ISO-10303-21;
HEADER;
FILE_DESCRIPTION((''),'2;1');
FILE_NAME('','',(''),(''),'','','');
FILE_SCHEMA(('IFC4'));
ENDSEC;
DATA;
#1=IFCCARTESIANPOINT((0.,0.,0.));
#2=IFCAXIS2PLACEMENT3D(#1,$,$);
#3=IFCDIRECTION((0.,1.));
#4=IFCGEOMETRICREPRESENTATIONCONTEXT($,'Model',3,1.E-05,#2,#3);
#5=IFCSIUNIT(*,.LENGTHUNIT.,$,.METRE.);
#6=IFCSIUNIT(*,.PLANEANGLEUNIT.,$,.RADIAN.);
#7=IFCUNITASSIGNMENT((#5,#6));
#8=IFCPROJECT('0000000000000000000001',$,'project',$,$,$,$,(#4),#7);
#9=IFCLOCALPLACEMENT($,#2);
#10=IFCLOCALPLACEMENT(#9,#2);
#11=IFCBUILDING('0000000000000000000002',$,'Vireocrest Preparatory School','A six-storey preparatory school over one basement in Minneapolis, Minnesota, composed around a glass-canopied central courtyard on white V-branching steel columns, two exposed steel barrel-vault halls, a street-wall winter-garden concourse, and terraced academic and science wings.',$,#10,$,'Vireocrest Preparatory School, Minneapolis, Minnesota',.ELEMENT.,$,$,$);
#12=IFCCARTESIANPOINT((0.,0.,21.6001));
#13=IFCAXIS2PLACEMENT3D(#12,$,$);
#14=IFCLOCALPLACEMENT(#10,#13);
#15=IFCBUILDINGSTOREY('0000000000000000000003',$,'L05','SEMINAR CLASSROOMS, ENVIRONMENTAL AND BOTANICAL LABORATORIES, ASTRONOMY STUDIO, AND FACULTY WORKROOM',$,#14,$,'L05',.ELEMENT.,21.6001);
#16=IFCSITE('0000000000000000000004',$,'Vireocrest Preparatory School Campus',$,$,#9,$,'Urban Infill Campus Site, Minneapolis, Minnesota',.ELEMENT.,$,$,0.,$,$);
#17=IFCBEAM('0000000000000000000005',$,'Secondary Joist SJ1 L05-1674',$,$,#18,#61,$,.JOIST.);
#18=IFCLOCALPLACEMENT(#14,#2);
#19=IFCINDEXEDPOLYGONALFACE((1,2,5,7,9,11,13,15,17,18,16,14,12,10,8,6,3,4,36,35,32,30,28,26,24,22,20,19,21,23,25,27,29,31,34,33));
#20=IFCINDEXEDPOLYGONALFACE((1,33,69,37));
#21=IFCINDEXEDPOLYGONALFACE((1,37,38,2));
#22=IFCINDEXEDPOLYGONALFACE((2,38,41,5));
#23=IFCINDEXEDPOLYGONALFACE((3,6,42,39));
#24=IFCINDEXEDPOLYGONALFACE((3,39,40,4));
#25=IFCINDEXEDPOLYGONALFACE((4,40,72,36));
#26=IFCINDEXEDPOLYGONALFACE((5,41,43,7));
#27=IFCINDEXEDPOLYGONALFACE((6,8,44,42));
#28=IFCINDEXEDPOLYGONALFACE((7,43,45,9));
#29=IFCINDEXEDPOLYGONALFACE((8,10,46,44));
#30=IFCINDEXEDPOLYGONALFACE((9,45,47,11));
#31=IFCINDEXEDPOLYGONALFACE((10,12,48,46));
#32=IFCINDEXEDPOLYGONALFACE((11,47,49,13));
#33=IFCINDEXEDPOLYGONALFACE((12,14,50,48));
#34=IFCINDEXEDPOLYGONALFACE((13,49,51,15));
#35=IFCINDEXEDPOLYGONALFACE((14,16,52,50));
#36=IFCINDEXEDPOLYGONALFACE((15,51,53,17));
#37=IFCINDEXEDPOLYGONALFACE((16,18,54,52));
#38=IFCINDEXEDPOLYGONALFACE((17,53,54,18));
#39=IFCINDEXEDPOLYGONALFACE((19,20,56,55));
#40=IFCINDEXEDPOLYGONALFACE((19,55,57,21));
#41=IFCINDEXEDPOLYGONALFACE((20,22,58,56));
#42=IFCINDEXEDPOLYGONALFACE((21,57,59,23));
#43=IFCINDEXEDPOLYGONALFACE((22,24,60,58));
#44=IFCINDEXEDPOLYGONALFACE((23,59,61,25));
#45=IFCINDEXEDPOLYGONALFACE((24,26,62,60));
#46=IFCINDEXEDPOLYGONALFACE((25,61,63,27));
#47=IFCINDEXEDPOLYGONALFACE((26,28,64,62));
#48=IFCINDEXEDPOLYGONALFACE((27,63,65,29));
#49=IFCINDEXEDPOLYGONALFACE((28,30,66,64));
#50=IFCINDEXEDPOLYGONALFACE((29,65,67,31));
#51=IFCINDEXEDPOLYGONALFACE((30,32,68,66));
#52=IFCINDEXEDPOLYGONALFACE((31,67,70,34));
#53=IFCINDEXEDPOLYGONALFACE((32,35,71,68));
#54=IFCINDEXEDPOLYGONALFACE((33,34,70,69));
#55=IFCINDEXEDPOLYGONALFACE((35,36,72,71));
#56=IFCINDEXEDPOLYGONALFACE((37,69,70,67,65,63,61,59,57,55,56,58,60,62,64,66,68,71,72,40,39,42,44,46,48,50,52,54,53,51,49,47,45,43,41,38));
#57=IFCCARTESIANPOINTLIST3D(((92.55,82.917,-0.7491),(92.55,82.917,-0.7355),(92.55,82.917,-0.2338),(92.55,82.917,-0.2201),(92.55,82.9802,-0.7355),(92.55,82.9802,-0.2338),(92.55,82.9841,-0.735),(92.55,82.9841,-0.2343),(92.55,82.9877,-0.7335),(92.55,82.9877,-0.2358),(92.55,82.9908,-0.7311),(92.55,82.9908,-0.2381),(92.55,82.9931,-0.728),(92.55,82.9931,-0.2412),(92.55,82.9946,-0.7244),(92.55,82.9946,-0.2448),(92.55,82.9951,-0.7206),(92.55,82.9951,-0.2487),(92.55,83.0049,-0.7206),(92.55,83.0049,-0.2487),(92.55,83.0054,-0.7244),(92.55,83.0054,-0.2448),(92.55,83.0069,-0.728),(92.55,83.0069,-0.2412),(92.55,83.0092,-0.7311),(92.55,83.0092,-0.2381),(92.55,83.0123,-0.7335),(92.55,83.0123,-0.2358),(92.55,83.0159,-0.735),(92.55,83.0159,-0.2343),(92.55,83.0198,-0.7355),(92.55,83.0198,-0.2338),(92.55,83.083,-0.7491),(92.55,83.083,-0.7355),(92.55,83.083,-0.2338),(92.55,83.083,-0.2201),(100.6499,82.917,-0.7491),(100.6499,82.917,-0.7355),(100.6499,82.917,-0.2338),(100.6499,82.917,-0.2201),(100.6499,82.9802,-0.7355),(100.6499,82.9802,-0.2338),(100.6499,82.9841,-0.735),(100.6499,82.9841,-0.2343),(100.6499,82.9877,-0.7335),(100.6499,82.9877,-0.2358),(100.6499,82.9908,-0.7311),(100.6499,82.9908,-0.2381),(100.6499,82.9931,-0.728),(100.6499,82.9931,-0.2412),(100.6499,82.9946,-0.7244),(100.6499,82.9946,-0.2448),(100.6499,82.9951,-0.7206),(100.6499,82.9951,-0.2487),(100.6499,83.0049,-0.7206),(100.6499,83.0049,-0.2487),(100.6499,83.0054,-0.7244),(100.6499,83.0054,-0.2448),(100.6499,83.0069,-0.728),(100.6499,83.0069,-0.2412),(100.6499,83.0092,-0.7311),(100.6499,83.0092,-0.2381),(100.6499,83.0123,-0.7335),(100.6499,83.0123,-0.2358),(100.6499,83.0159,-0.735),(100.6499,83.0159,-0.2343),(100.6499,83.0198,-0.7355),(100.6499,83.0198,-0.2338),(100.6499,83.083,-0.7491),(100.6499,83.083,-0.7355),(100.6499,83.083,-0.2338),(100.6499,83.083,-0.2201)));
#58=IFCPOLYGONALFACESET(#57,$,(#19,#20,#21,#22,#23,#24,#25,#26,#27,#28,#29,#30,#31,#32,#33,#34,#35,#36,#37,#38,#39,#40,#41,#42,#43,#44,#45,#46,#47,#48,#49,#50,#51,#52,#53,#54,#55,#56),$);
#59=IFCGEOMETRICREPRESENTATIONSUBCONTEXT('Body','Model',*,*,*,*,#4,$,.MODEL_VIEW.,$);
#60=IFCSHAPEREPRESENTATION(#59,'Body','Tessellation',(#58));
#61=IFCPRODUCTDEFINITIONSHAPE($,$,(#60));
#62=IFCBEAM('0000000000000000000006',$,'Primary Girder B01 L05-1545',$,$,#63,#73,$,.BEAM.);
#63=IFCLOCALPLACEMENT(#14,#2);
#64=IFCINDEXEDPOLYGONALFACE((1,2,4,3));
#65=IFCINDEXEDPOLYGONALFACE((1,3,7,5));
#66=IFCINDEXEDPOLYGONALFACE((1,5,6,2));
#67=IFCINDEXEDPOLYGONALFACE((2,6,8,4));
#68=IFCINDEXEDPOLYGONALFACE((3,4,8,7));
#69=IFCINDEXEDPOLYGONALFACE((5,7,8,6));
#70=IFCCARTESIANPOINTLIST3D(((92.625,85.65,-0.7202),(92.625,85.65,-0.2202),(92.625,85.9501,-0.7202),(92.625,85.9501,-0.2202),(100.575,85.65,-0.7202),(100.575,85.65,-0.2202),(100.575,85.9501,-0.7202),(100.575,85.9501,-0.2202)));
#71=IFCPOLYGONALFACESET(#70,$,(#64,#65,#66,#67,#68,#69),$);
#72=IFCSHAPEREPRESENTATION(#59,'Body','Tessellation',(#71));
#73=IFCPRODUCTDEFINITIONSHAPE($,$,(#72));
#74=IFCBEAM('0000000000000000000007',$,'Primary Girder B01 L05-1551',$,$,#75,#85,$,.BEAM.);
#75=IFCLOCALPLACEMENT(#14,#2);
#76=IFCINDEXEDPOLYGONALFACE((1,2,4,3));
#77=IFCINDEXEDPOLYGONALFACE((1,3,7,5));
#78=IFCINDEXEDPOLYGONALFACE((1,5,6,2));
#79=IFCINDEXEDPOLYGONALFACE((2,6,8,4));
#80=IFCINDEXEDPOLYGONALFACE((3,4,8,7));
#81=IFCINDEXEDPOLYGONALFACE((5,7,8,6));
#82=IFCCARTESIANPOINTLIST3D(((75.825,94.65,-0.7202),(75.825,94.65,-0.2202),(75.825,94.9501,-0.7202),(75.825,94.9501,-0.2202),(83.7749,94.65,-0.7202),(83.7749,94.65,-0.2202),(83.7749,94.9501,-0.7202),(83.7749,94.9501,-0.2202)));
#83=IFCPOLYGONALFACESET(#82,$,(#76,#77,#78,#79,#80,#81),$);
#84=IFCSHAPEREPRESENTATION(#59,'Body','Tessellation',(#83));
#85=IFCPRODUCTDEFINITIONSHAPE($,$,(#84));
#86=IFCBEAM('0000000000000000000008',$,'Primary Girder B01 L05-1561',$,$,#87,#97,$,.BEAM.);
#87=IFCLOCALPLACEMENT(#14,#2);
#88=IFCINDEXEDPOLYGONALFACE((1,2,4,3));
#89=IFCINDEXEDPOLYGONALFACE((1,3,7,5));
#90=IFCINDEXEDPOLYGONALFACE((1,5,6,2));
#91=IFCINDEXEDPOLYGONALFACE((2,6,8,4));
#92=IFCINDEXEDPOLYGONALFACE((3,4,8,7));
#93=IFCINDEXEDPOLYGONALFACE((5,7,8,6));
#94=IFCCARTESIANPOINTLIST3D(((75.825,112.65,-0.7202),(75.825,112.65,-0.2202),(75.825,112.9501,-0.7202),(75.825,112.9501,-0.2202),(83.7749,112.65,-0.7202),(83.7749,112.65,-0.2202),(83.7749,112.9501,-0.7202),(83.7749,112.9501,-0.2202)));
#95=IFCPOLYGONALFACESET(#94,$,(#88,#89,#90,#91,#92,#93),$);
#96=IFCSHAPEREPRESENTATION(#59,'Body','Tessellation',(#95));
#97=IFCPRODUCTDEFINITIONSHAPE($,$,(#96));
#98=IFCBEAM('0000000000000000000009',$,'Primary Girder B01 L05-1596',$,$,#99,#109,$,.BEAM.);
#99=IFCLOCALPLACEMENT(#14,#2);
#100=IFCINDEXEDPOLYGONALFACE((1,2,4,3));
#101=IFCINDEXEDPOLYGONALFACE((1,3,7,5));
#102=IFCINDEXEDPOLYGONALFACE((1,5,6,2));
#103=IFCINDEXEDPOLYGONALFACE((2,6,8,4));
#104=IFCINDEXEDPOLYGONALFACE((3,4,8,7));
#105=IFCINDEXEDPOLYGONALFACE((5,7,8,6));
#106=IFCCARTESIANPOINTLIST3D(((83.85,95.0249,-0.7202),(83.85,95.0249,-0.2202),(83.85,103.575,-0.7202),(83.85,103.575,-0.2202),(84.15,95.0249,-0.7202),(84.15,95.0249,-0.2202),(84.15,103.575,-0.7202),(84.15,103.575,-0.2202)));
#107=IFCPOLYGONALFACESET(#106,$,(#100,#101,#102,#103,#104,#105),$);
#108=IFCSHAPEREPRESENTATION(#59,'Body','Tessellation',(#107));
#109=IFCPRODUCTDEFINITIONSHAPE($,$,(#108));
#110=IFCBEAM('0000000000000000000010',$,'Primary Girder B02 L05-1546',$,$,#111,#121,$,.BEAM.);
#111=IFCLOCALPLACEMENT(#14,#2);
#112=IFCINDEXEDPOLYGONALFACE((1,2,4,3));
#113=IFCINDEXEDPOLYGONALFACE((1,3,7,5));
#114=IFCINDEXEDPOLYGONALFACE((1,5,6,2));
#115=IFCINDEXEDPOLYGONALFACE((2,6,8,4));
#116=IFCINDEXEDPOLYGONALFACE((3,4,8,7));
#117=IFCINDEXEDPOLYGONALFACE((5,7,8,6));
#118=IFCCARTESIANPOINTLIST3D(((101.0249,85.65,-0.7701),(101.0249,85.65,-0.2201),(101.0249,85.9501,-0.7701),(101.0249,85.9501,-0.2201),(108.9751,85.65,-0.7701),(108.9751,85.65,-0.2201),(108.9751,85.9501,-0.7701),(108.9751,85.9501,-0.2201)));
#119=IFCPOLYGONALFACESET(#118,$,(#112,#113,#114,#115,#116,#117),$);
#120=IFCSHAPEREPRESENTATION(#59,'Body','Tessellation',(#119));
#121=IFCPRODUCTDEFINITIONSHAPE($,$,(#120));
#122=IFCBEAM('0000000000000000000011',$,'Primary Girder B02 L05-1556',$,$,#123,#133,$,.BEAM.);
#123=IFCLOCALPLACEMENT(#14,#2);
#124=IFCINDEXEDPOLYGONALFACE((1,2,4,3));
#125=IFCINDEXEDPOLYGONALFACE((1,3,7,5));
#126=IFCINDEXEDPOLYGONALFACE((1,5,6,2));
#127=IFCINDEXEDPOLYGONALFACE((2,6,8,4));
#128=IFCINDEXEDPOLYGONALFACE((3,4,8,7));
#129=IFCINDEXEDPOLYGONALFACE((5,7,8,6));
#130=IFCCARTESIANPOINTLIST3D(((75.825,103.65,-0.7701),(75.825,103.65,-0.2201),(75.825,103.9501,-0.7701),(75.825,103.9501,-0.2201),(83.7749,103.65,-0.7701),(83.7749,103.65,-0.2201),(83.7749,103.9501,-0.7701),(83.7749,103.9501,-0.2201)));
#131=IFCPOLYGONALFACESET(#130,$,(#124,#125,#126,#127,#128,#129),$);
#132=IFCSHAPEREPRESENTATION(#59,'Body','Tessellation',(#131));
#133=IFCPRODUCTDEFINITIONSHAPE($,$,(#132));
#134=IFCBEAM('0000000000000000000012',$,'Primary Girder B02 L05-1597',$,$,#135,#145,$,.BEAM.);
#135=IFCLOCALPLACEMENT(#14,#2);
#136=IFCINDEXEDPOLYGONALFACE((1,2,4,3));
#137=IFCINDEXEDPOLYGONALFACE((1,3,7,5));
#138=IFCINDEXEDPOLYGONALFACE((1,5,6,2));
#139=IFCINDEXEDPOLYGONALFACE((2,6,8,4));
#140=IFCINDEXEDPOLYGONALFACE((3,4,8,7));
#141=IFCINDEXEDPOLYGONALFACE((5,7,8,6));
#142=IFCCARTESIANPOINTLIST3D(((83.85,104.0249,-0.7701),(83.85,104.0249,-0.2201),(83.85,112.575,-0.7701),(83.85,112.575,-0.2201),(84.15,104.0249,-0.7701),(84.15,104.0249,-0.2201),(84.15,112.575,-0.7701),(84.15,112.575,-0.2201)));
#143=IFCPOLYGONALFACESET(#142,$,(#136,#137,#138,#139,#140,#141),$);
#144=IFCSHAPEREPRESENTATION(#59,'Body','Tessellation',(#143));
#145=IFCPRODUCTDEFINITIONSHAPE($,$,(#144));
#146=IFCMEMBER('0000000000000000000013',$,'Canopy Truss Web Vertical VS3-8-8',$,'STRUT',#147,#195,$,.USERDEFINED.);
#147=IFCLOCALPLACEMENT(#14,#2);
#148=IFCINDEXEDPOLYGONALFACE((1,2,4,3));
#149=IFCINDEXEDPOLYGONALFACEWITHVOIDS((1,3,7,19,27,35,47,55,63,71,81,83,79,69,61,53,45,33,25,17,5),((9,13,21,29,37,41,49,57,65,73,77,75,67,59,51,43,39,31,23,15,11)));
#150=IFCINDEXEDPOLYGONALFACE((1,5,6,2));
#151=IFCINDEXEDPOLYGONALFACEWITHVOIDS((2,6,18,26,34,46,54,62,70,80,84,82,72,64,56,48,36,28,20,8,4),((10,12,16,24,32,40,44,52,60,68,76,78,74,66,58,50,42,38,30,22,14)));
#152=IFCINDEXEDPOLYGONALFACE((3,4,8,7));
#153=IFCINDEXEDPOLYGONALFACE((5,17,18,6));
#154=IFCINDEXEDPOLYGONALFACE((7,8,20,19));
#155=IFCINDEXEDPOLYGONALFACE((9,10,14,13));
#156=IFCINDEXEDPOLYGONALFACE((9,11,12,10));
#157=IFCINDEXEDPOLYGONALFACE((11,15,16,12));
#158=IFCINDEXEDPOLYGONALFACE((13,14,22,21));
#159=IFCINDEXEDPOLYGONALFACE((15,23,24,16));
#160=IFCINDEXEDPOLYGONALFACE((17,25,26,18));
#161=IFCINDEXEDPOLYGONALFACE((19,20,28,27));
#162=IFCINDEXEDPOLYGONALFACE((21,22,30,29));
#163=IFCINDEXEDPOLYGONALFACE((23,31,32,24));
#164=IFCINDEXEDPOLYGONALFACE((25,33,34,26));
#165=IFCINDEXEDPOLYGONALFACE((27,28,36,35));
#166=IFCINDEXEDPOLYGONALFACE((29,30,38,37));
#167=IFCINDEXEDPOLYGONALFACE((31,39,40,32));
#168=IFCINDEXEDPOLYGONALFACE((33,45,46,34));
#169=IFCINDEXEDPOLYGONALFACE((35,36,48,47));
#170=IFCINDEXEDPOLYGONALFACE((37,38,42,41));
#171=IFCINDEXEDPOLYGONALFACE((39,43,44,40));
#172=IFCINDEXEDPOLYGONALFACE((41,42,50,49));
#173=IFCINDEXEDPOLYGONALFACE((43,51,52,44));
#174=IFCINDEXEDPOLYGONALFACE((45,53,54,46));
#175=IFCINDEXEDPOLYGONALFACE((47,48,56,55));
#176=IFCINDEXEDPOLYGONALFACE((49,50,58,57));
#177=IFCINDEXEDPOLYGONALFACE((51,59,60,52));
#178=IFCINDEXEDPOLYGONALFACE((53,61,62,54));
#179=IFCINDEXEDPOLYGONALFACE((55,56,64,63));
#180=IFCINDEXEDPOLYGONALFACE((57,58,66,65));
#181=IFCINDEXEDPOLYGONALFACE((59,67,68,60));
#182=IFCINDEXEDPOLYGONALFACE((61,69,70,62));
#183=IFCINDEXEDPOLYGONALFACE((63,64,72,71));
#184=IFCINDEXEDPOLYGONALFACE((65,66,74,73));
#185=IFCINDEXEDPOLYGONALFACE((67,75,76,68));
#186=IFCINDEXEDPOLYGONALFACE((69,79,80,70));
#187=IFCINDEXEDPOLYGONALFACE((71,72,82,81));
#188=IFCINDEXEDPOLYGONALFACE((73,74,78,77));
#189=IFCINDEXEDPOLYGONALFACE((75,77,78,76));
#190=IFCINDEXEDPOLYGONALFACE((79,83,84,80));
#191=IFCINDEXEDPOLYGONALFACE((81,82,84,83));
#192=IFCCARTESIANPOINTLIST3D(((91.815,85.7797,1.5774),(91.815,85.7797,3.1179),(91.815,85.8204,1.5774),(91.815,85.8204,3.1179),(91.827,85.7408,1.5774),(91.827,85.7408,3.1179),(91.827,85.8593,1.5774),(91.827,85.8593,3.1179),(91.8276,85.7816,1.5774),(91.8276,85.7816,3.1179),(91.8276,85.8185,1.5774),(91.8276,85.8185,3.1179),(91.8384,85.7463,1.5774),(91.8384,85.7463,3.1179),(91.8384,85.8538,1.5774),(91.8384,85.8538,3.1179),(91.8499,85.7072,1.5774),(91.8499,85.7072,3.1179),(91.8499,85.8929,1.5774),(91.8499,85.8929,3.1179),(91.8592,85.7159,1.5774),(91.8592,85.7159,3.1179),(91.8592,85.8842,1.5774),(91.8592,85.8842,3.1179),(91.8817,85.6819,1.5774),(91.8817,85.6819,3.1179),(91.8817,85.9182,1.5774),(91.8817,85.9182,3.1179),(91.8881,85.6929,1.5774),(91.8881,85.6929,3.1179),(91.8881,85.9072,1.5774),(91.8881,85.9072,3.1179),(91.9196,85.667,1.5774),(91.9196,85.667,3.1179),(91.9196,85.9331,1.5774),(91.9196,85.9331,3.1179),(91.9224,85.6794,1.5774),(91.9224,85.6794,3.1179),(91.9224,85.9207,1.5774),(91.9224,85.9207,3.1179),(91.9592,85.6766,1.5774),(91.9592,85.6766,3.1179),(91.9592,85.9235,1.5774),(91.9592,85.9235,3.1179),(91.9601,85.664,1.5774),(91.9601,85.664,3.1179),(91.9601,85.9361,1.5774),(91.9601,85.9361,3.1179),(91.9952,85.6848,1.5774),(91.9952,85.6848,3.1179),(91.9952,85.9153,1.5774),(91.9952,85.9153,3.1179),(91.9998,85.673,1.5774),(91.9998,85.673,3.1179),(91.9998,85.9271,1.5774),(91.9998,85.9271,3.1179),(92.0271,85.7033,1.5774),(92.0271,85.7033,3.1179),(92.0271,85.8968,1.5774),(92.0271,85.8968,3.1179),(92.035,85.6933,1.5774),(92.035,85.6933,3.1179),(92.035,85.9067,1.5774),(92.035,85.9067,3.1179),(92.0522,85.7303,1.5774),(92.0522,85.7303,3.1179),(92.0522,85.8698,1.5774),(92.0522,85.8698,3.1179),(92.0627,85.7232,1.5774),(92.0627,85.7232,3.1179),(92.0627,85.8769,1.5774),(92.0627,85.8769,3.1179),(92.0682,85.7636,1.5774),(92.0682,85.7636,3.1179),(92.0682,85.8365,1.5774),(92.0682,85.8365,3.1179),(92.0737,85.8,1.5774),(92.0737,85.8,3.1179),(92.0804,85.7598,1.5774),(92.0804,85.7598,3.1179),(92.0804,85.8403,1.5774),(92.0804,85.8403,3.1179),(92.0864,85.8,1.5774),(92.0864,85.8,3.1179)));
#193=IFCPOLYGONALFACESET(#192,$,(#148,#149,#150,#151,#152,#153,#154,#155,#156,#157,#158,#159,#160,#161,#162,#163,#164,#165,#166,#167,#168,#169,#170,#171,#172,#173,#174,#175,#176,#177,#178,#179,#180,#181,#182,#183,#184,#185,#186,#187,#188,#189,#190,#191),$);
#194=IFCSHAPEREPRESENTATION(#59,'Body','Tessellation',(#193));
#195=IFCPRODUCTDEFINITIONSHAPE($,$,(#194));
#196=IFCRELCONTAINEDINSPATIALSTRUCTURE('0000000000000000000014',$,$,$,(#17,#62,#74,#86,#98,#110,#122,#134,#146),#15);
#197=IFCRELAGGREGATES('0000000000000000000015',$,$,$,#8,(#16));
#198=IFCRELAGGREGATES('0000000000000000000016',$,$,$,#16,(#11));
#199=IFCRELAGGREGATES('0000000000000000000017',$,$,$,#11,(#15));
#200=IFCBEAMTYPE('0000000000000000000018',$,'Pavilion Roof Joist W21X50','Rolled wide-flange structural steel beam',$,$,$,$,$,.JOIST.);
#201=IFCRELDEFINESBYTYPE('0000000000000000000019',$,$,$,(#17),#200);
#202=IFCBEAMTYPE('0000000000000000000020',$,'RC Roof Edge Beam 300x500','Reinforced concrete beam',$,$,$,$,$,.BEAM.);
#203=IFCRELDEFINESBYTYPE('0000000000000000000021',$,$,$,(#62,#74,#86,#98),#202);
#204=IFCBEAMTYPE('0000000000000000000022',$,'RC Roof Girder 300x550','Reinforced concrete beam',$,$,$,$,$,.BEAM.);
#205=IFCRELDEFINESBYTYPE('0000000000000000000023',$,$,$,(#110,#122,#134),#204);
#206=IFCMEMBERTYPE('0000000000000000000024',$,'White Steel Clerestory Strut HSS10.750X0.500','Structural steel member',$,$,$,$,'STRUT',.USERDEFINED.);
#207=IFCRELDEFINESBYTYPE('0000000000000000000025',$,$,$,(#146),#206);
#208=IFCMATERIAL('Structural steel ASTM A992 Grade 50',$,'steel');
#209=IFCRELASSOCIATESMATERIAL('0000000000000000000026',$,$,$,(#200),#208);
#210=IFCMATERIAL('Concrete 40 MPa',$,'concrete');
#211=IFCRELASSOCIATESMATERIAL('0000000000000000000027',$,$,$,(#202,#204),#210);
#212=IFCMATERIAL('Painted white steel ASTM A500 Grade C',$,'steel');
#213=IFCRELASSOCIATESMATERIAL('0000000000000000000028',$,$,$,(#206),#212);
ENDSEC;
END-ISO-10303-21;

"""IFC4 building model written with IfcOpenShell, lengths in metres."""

from ifc_helpers import new_model, si_unit, direction, frame, origin, origin_2d, place, context, subcontext, project, spatial, rectangle, hollow_circle, i_section, extrude, material, material_profile, profile_set, type_object, element, save


model = new_model("IFC4")

# Units and contexts
model_context = context("Model", 3, precision=1e-05, world=origin(), true_north=direction((0.0, 1.0)))
body_context = subcontext(model_context, "Body", "Model", "MODEL_VIEW")
ifc_project = project(units=[si_unit("LENGTHUNIT", "METRE"), si_unit("PLANEANGLEUNIT", "RADIAN")], contexts=[model_context])

# Site, building, storey
site_placement = place(None, origin())
site = spatial("IfcSite", under=ifc_project, at=site_placement, Name="Vireocrest Preparatory School Campus", LongName="Urban Infill Campus Site, Minneapolis, Minnesota", CompositionType="ELEMENT", RefElevation=0.0)
building_placement = place(site_placement, origin())
building = spatial("IfcBuilding", under=site, at=building_placement, Name="Vireocrest Preparatory School", Description="A six-storey preparatory school over one basement in Minneapolis, Minnesota, composed around a glass-canopied central courtyard on white V-branching steel columns, two exposed steel barrel-vault halls, a street-wall winter-garden concourse, and terraced academic and science wings.", LongName="Vireocrest Preparatory School, Minneapolis, Minnesota", CompositionType="ELEMENT")
storey_placement = place(building_placement, frame((0.0, 0.0, 21.6001)))
storey = spatial("IfcBuildingStorey", under=building, at=storey_placement, Name="L05", Description="SEMINAR CLASSROOMS, ENVIRONMENTAL AND BOTANICAL LABORATORIES, ASTRONOMY STUDIO, AND FACULTY WORKROOM", LongName="L05", CompositionType="ELEMENT", Elevation=21.6001)

# Shared definitions
ifc_material_1 = material(Name="Painted white steel ASTM A500 Grade C", Category="steel")

# Beams
ifc_material_2 = material(Name="Structural steel ASTM A992 Grade 50", Category="steel")
ifc_material_profile_1 = material_profile(ifc_material_2, i_section(OverallWidth=0.166, OverallDepth=0.5291, WebThickness=0.0098, FlangeThickness=0.0137, FilletRadius=0.0149, at=origin_2d()), Name="W21X50")
ifc_profile_set_1 = profile_set([ifc_material_profile_1], Name="Structural steel ASTM A992 Grade 50")
beam_type_1 = type_object("IfcBeamType", Name="Pavilion Roof Joist W21X50", Description="Rolled wide-flange structural steel beam", PredefinedType="JOIST", material=ifc_profile_set_1)
beam_1_placement = place(storey_placement, frame((92.55, 83.0, -0.4846), z_axis=(1.0, 0.0, 0.0), x_axis=(0.0, 1.0, 0.0)))
element("IfcBeam", 1, at=beam_1_placement, inside=storey, type_object=beam_type_1, Name="Secondary Joist SJ1 L05-1674", PredefinedType="JOIST", context=body_context, shape_type="SweptSolid", body=[
    extrude(i_section(OverallWidth=0.166, OverallDepth=0.5291, WebThickness=0.0098, FlangeThickness=0.0137, FilletRadius=0.0149, at=origin_2d()), origin(), (0.0, 0.0, 1.0), 8.0999),
])
ifc_material_3 = material(Name="Concrete 40 MPa", Category="concrete")
ifc_material_profile_2 = material_profile(ifc_material_3, rectangle(XDim=0.3, YDim=0.5, at=origin_2d()), Name="RC 300x500")
ifc_profile_set_2 = profile_set([ifc_material_profile_2], Name="Concrete 40 MPa")
beam_type_2 = type_object("IfcBeamType", Name="RC Roof Edge Beam 300x500", Description="Reinforced concrete beam", PredefinedType="BEAM", material=ifc_profile_set_2)
for number, where, z_axis, x_axis, name in (
    (2, (92.625, 85.8, -0.4702), (1.0, 0.0, 0.0), (0.0, 1.0, 0.0), "Primary Girder B01 L05-1545"),
    (3, (75.825, 94.8, -0.4702), (1.0, 0.0, 0.0), (0.0, 1.0, 0.0), "Primary Girder B01 L05-1551"),
    (4, (75.825, 112.8, -0.4702), (1.0, 0.0, 0.0), (0.0, 1.0, 0.0), "Primary Girder B01 L05-1561"),
):
    element("IfcBeam", number, at=place(storey_placement, frame(where, z_axis=z_axis, x_axis=x_axis)), inside=storey, type_object=beam_type_2, Name=name, PredefinedType="BEAM", context=body_context, shape_type="SweptSolid", body=[
        extrude(rectangle(XDim=0.3, YDim=0.5, at=origin_2d()), origin(), (0.0, 0.0, 1.0), 7.95),
    ])
beam_2_placement = place(storey_placement, frame((84.0, 95.0249, -0.4702), z_axis=(0.0, 1.0, 0.0), x_axis=(-1.0, 0.0, 0.0)))
element("IfcBeam", 5, at=beam_2_placement, inside=storey, type_object=beam_type_2, Name="Primary Girder B01 L05-1596", PredefinedType="BEAM", context=body_context, shape_type="SweptSolid", body=[
    extrude(rectangle(XDim=0.3, YDim=0.5, at=origin_2d()), origin(), (0.0, 0.0, 1.0), 8.55),
])
ifc_material_profile_3 = material_profile(ifc_material_3, rectangle(XDim=0.3, YDim=0.55, at=origin_2d()), Name="RC 300x550")
ifc_profile_set_3 = profile_set([ifc_material_profile_3], Name="Concrete 40 MPa")
beam_type_3 = type_object("IfcBeamType", Name="RC Roof Girder 300x550", Description="Reinforced concrete beam", PredefinedType="BEAM", material=ifc_profile_set_3)
beam_3_placement = place(storey_placement, frame((101.0249, 85.8, -0.4951), z_axis=(1.0, 0.0, 0.0), x_axis=(0.0, 1.0, 0.0)))
element("IfcBeam", 6, at=beam_3_placement, inside=storey, type_object=beam_type_3, Name="Primary Girder B02 L05-1546", PredefinedType="BEAM", context=body_context, shape_type="SweptSolid", body=[
    extrude(rectangle(XDim=0.3, YDim=0.55, at=origin_2d()), origin(), (0.0, 0.0, 1.0), 7.9502),
])
beam_4_placement = place(storey_placement, frame((75.825, 103.8, -0.4951), z_axis=(1.0, 0.0, 0.0), x_axis=(0.0, 1.0, 0.0)))
element("IfcBeam", 7, at=beam_4_placement, inside=storey, type_object=beam_type_3, Name="Primary Girder B02 L05-1556", PredefinedType="BEAM", context=body_context, shape_type="SweptSolid", body=[
    extrude(rectangle(XDim=0.3, YDim=0.55, at=origin_2d()), origin(), (0.0, 0.0, 1.0), 7.95),
])
beam_5_placement = place(storey_placement, frame((84.0, 104.0249, -0.4951), z_axis=(0.0, 1.0, 0.0), x_axis=(-1.0, 0.0, 0.0)))
element("IfcBeam", 8, at=beam_5_placement, inside=storey, type_object=beam_type_3, Name="Primary Girder B02 L05-1597", PredefinedType="BEAM", context=body_context, shape_type="SweptSolid", body=[
    extrude(rectangle(XDim=0.3, YDim=0.55, at=origin_2d()), origin(), (0.0, 0.0, 1.0), 8.55),
])

# Member
ifc_material_profile_4 = material_profile(ifc_material_1, hollow_circle(Radius=0.1365, WallThickness=0.0127, at=origin_2d()), Name="HSS10.750X0.500")
ifc_profile_set_4 = profile_set([ifc_material_profile_4], Name="Painted white steel ASTM A500 Grade C")
member_type_1 = type_object("IfcMemberType", Name="White Steel Clerestory Strut HSS10.750X0.500", Description="Structural steel member", ElementType="STRUT", PredefinedType="USERDEFINED", material=ifc_profile_set_4)
member_1_placement = place(storey_placement, frame((91.95, 85.8, 1.5774), z_axis=(0.0, 0.0, 1.0), x_axis=(1.0, 0.0, 0.0)))
element("IfcMember", 9, at=member_1_placement, inside=storey, type_object=member_type_1, Name="Canopy Truss Web Vertical VS3-8-8", ObjectType="STRUT", PredefinedType="USERDEFINED", context=body_context, shape_type="SweptSolid", body=[
    extrude(hollow_circle(Radius=0.1365, WallThickness=0.0127, at=origin_2d()), origin(), (0.0, 0.0, 1.0), 1.5405),
])

save(model, "model.ifc")
